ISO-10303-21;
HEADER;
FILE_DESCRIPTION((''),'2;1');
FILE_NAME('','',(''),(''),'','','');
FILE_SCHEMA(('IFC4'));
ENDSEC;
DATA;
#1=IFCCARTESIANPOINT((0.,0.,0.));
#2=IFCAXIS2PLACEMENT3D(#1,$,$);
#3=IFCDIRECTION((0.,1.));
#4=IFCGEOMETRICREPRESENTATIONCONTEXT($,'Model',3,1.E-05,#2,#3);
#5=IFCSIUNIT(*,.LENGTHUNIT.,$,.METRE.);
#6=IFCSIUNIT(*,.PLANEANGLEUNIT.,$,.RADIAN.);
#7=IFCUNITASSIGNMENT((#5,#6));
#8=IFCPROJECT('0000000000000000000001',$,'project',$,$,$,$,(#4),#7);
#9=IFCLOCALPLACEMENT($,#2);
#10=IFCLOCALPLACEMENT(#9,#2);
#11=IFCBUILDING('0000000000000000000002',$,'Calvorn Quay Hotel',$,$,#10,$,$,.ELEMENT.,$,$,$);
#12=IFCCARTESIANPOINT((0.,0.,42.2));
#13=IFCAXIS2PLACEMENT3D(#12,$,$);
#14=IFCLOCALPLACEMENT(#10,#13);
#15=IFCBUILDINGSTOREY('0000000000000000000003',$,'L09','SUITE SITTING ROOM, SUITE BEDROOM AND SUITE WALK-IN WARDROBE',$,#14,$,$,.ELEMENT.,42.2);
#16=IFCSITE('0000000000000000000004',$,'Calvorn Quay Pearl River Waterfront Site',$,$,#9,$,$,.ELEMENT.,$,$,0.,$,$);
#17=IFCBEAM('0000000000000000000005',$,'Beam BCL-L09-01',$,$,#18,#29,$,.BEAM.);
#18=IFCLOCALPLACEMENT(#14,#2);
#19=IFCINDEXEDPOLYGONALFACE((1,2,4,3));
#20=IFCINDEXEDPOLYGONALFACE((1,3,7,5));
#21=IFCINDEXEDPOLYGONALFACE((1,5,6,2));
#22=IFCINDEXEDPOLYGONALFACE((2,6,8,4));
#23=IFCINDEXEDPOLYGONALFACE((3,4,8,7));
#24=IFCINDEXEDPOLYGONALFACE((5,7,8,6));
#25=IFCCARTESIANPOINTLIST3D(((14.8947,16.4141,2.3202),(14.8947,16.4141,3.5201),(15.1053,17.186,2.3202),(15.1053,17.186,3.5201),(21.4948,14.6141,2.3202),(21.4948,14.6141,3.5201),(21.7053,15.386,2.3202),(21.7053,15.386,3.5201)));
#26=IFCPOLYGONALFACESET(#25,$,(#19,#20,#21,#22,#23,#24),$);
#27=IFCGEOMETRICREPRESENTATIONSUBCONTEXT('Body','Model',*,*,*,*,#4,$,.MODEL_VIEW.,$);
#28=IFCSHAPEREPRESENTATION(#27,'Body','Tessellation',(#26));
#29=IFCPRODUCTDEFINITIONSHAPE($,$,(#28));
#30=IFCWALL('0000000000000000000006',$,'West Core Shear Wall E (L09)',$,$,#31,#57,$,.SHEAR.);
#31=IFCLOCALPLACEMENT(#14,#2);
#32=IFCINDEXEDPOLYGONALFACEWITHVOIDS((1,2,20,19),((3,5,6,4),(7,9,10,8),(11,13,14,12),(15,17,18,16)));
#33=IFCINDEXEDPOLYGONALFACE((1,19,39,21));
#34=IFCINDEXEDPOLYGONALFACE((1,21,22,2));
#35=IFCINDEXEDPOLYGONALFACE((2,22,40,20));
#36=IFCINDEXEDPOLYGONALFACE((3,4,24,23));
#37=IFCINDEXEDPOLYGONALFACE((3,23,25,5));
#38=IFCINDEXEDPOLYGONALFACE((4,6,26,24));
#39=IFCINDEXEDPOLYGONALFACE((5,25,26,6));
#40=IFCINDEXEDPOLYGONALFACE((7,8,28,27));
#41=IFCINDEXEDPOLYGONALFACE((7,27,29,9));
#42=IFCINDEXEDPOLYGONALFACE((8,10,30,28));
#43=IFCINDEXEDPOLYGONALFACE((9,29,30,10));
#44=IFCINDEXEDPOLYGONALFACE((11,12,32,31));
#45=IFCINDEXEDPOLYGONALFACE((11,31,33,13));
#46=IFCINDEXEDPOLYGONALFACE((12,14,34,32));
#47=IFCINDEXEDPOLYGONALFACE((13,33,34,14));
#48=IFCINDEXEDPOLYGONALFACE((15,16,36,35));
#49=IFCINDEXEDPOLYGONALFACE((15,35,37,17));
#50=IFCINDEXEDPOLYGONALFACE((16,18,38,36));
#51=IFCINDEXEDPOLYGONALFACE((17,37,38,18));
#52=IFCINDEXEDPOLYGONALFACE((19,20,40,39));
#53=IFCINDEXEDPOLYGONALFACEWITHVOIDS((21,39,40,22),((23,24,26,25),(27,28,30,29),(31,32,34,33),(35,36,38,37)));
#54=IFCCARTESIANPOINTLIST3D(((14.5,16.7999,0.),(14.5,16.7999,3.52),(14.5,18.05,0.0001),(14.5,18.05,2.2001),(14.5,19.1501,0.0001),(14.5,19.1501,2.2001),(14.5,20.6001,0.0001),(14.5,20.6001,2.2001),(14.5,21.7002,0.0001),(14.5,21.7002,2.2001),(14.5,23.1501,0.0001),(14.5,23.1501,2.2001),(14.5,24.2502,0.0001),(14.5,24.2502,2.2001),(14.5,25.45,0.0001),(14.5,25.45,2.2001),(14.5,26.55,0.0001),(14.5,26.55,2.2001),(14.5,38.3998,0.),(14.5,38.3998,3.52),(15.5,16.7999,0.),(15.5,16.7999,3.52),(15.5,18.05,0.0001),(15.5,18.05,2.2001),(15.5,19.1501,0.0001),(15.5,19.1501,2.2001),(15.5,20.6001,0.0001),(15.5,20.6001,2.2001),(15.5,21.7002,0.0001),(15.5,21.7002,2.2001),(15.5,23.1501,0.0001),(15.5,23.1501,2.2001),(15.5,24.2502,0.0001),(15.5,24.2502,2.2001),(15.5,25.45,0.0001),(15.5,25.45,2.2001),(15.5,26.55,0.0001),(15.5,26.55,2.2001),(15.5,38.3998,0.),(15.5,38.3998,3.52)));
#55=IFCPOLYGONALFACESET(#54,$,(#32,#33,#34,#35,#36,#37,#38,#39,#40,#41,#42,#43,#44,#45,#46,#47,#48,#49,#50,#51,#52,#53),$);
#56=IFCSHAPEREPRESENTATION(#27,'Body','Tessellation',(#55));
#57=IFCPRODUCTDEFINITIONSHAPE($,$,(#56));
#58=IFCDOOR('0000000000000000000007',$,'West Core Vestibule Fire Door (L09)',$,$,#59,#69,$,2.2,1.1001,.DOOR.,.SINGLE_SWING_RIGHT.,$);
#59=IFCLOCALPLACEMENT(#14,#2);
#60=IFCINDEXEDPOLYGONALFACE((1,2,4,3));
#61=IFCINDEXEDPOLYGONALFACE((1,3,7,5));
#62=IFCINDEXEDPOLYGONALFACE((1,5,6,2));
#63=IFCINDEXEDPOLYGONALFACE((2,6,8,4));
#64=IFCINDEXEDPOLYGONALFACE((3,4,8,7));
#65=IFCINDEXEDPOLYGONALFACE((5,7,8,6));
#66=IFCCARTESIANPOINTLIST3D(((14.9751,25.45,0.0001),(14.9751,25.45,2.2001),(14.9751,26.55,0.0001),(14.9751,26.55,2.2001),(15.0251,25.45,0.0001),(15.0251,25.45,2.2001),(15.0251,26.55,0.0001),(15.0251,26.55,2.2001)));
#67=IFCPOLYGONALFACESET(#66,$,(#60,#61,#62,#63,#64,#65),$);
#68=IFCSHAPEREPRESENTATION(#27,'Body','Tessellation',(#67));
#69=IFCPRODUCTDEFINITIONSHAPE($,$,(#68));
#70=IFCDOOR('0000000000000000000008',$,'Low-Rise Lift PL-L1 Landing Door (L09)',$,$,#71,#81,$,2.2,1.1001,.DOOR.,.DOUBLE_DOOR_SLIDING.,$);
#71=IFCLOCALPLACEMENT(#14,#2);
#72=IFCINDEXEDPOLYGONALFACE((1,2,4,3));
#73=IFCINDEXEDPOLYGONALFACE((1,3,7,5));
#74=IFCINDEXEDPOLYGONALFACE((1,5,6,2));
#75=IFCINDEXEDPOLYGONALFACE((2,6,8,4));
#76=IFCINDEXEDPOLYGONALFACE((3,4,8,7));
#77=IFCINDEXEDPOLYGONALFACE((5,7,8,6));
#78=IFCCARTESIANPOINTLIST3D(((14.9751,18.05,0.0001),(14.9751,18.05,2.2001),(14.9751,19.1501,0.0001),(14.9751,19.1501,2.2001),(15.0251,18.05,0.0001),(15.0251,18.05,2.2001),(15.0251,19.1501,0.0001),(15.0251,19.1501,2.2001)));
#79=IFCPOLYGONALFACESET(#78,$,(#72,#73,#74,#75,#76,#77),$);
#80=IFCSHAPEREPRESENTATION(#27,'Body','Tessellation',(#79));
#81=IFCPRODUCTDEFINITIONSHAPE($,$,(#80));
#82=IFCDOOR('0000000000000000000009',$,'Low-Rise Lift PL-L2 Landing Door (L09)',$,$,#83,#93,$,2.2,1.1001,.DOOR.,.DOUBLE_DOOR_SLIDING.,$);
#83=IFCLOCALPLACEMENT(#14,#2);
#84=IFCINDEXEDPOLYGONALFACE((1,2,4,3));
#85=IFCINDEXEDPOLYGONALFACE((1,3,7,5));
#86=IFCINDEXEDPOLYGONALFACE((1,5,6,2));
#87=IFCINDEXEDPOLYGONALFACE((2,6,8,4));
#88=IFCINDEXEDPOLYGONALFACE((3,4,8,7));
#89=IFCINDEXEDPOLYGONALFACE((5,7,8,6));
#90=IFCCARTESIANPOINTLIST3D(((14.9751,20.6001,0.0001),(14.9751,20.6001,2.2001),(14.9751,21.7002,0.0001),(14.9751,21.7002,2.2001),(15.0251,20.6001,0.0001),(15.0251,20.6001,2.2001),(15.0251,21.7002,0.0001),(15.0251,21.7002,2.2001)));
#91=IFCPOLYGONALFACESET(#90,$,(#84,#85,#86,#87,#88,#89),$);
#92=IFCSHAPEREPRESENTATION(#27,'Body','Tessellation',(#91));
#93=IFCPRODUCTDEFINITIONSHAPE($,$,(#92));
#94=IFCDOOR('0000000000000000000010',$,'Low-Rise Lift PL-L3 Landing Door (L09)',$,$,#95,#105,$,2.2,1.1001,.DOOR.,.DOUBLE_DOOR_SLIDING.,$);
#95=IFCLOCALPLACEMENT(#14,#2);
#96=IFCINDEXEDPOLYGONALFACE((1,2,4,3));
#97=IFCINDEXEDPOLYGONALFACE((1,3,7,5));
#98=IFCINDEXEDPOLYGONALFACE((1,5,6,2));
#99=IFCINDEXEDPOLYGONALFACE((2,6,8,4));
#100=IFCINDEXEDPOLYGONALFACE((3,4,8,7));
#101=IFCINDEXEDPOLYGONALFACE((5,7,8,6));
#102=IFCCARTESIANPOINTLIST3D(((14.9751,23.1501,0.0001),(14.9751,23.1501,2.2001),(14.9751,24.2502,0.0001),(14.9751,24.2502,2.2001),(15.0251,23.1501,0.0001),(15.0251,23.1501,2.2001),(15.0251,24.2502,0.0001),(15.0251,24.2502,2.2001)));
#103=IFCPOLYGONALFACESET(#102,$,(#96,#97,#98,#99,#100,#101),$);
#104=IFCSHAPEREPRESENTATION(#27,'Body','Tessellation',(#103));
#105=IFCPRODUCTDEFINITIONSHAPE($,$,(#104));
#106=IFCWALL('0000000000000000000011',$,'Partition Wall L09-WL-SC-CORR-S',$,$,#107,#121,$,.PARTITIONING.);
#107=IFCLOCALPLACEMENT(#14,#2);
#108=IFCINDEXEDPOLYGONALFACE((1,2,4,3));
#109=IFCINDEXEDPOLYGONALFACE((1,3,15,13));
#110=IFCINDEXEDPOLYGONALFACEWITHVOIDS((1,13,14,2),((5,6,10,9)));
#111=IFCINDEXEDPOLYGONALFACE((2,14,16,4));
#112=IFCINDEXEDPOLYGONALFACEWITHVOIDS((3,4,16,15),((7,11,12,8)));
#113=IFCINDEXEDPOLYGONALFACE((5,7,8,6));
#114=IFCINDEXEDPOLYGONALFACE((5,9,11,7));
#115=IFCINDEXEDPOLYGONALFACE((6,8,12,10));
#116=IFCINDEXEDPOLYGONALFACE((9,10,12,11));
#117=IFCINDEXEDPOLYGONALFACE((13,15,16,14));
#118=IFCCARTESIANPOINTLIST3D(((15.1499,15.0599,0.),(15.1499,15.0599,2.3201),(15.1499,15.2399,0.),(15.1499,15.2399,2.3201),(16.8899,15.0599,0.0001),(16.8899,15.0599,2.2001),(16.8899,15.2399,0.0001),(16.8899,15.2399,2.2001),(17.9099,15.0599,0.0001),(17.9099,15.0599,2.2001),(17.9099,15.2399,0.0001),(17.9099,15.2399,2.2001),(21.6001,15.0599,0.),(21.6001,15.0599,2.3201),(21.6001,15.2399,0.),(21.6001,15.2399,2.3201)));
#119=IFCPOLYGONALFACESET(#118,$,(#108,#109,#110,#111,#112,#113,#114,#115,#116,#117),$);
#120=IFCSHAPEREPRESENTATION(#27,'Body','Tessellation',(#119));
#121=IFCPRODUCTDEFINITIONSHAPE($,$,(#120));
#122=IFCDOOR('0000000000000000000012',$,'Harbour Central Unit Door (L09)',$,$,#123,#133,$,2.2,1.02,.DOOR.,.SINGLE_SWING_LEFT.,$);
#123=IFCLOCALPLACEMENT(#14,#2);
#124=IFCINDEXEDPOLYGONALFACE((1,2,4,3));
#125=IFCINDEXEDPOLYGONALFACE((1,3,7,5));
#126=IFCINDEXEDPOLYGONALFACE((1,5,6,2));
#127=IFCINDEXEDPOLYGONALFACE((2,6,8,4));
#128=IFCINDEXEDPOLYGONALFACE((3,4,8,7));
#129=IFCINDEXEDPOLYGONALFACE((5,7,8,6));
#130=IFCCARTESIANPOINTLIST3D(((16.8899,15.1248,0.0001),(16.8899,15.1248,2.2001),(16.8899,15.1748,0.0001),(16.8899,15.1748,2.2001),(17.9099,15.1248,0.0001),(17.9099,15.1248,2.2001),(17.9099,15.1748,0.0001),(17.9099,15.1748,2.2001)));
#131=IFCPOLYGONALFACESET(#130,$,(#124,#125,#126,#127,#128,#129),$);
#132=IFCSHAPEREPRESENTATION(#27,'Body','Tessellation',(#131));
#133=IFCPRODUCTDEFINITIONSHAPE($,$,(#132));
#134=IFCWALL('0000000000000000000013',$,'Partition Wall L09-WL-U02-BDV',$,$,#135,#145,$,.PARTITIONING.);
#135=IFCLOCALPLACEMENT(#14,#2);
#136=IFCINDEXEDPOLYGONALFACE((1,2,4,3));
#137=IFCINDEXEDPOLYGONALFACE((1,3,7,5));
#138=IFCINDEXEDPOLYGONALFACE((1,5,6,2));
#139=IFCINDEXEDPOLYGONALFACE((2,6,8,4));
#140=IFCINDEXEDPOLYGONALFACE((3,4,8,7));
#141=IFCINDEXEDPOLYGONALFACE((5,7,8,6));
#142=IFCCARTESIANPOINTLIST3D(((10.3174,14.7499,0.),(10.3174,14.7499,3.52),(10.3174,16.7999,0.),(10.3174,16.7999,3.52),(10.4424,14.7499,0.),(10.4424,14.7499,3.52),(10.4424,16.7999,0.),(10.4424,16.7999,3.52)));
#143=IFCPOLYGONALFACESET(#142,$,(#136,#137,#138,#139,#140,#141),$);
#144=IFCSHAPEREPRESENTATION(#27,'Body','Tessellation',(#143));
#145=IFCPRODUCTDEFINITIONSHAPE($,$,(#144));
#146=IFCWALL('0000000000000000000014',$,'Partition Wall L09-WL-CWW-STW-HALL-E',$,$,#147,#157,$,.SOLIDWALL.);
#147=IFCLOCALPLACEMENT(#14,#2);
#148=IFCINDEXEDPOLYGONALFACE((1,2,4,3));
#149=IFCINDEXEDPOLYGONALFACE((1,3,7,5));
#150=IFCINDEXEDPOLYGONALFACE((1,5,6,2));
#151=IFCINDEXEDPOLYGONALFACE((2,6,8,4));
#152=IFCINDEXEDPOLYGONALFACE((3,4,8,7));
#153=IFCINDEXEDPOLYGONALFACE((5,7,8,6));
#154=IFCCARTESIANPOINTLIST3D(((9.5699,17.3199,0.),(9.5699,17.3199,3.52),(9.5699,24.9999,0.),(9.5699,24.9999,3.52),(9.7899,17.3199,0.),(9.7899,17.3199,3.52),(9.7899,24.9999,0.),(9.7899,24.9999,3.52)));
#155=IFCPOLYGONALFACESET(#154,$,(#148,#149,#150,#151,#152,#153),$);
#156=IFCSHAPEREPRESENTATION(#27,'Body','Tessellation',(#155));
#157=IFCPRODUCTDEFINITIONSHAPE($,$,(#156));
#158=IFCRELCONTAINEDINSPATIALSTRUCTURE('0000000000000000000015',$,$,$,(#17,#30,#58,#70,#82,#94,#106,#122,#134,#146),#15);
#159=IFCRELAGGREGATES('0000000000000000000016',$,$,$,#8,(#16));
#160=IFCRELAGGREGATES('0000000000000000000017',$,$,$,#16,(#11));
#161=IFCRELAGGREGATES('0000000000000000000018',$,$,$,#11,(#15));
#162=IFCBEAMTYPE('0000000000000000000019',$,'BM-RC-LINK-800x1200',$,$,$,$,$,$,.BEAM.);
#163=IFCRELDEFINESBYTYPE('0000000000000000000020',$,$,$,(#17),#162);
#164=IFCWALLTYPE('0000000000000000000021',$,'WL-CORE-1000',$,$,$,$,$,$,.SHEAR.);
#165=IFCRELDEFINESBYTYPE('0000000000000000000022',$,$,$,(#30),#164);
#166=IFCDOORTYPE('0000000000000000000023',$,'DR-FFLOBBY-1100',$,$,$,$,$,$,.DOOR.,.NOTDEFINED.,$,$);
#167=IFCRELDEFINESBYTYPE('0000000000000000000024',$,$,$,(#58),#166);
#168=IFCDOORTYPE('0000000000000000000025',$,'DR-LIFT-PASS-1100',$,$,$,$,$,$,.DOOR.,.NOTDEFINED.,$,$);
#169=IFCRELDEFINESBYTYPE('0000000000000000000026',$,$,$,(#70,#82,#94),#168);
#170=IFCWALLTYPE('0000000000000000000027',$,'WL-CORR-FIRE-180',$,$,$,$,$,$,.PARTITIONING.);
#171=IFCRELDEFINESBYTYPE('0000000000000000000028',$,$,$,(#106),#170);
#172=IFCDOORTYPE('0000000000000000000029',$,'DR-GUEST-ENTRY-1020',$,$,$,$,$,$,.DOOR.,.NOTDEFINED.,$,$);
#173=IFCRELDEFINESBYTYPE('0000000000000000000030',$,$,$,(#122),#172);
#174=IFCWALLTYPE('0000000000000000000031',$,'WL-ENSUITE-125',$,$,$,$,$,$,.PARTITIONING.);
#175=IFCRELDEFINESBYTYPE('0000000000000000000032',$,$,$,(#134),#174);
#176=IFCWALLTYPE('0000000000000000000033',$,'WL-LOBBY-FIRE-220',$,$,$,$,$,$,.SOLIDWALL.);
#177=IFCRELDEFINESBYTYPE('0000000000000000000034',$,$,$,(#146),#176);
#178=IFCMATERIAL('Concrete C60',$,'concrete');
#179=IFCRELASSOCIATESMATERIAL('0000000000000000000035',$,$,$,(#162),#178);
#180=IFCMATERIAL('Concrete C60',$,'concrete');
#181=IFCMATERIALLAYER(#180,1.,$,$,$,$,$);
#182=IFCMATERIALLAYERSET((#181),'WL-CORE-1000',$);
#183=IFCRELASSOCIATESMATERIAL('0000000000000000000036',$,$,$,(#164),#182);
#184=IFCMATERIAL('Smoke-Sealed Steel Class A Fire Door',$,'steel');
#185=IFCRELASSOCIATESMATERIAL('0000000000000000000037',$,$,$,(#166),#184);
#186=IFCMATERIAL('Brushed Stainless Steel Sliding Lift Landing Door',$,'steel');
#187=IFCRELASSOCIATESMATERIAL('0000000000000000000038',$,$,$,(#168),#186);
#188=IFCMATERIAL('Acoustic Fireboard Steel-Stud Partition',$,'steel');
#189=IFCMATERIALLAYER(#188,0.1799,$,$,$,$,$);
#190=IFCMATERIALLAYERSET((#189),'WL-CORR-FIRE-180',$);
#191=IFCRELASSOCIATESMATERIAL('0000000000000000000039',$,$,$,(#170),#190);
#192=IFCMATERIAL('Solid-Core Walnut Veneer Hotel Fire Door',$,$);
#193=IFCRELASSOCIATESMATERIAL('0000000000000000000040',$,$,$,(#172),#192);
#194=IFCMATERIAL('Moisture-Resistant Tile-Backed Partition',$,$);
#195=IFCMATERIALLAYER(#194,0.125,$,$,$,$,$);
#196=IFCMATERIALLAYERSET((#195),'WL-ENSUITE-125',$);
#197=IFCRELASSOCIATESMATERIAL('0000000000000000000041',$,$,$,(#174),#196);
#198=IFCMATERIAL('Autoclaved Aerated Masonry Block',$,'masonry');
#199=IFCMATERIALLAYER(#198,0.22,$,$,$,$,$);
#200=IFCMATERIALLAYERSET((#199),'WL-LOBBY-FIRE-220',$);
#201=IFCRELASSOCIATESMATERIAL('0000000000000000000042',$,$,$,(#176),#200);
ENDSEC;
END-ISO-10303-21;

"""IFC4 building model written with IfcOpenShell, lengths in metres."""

from ifc_helpers import new_model, si_unit, direction, frame, frame_2d, origin, origin_2d, place, context, subcontext, project, spatial, rectangle, extrude, material, layer, layer_set, material_profile, profile_set, type_object, element, fill, save


model = new_model("IFC4")

# Units and contexts
model_context = context("Model", 3, precision=1e-05, world=origin(), true_north=direction((0.0, 1.0)))
body_context = subcontext(model_context, "Body", "Model", "MODEL_VIEW")
ifc_project = project(units=[si_unit("LENGTHUNIT", "METRE"), si_unit("PLANEANGLEUNIT", "RADIAN")], contexts=[model_context])

# Site, building, storey
site_placement = place(None, origin())
site = spatial("IfcSite", under=ifc_project, at=site_placement, Name="Calvorn Quay Pearl River Waterfront Site", CompositionType="ELEMENT", RefElevation=0.0)
building_placement = place(site_placement, origin())
building = spatial("IfcBuilding", under=site, at=building_placement, Name="Calvorn Quay Hotel", CompositionType="ELEMENT")
storey_placement = place(building_placement, frame((0.0, 0.0, 42.2)))
storey = spatial("IfcBuildingStorey", under=building, at=storey_placement, Name="L09", Description="SUITE SITTING ROOM, SUITE BEDROOM AND SUITE WALK-IN WARDROBE", CompositionType="ELEMENT", Elevation=42.2)

# Beam
ifc_material_1 = material(Name="Concrete C60", Category="concrete")
ifc_material_profile = material_profile(ifc_material_1, rectangle(XDim=0.8, YDim=1.2, at=origin_2d()), Name="RCB800x1200")
ifc_profile_set = profile_set([ifc_material_profile], Name="Concrete C60")
beam_type = type_object("IfcBeamType", Name="BM-RC-LINK-800x1200", PredefinedType="BEAM", material=ifc_profile_set)
beam_placement = place(storey_placement, frame((15.0, 16.8, 2.9202), z_axis=(0.964763, -0.26312, 0.0), x_axis=(0.26312, 0.964763, 0.0)))
element("IfcBeam", 1, at=beam_placement, inside=storey, type_object=beam_type, Name="Beam BCL-L09-01", PredefinedType="BEAM", context=body_context, shape_type="SweptSolid", body=[
    extrude(rectangle(XDim=0.8, YDim=1.2, at=origin_2d()), origin(), (0.0, 0.0, 1.0), 6.8411),
])

# Wall, openings, doors
ifc_material_2 = material(Name="Concrete C60", Category="concrete")
ifc_layer_1 = layer(ifc_material_2, 1.0)
ifc_layer_set_1 = layer_set([ifc_layer_1], Name="WL-CORE-1000")
wall_type_1 = type_object("IfcWallType", Name="WL-CORE-1000", PredefinedType="SHEAR", material=ifc_layer_set_1)
wall_1_placement = place(storey_placement, frame((15.0, 16.8, 0.0), z_axis=(0.0, 0.0, 1.0), x_axis=(0.0, 1.0, 0.0)))
wall_1 = element("IfcWall", 2, at=wall_1_placement, inside=storey, type_object=wall_type_1, Name="West Core Shear Wall E (L09)", PredefinedType="SHEAR", context=body_context, shape_type="SweptSolid", body=[
    extrude(rectangle(XDim=21.5999, YDim=1.0, at=frame_2d((10.7998, 0.0))), origin(), (0.0, 0.0, 1.0), 3.52),
])
opening_1_placement = place(wall_1_placement, frame((8.6499, 0.0, 0.0)))
opening_1 = element("IfcOpeningElement", 3, at=opening_1_placement, cuts=wall_1, PredefinedType="OPENING", context=body_context, shape_type="SweptSolid", body=[
    extrude(rectangle(XDim=1.1001, YDim=2.2, at=frame_2d((0.55, 1.1001))), frame((0.0, 0.51, 0.0), z_axis=(0.0, -1.0, 0.0), x_axis=(1.0, 0.0, 0.0)), (0.0, 0.0, 1.0), 1.02),
])
opening_2_placement = place(wall_1_placement, frame((1.25, 0.0, 0.0)))
opening_2 = element("IfcOpeningElement", 4, at=opening_2_placement, cuts=wall_1, PredefinedType="OPENING", context=body_context, shape_type="SweptSolid", body=[
    extrude(rectangle(XDim=1.1001, YDim=2.2, at=frame_2d((0.55, 1.1001))), frame((0.0, 0.51, 0.0), z_axis=(0.0, -1.0, 0.0), x_axis=(1.0, 0.0, 0.0)), (0.0, 0.0, 1.0), 1.02),
])
opening_3_placement = place(wall_1_placement, frame((3.8, 0.0, 0.0)))
opening_3 = element("IfcOpeningElement", 5, at=opening_3_placement, cuts=wall_1, PredefinedType="OPENING", context=body_context, shape_type="SweptSolid", body=[
    extrude(rectangle(XDim=1.1001, YDim=2.2, at=frame_2d((0.55, 1.1001))), frame((0.0, 0.51, 0.0), z_axis=(0.0, -1.0, 0.0), x_axis=(1.0, 0.0, 0.0)), (0.0, 0.0, 1.0), 1.02),
])
opening_4_placement = place(wall_1_placement, frame((6.3501, 0.0, 0.0)))
opening_4 = element("IfcOpeningElement", 6, at=opening_4_placement, cuts=wall_1, PredefinedType="OPENING", context=body_context, shape_type="SweptSolid", body=[
    extrude(rectangle(XDim=1.1001, YDim=2.2, at=frame_2d((0.55, 1.1001))), frame((0.0, 0.51, 0.0), z_axis=(0.0, -1.0, 0.0), x_axis=(1.0, 0.0, 0.0)), (0.0, 0.0, 1.0), 1.02),
])
ifc_material_3 = material(Name="Smoke-Sealed Steel Class A Fire Door", Category="steel")
door_type_1 = type_object("IfcDoorType", Name="DR-FFLOBBY-1100", OperationType="NOTDEFINED", PredefinedType="DOOR", material=ifc_material_3)
door_1_placement = place(opening_1_placement, origin())
door_1 = element("IfcDoor", 7, at=door_1_placement, inside=storey, type_object=door_type_1, Name="West Core Vestibule Fire Door (L09)", OperationType="SINGLE_SWING_RIGHT", OverallHeight=2.2, OverallWidth=1.1001, PredefinedType="DOOR", context=body_context, shape_type="SweptSolid", body=[
    extrude(rectangle(XDim=1.1001, YDim=2.2, at=frame_2d((0.55, 1.1001))), frame((0.0, 0.0249, 0.0), z_axis=(0.0, -1.0, 0.0), x_axis=(1.0, 0.0, 0.0)), (0.0, 0.0, 1.0), 0.05),
])
fill(opening_1, door_1)
ifc_material_4 = material(Name="Brushed Stainless Steel Sliding Lift Landing Door", Category="steel")
door_type_2 = type_object("IfcDoorType", Name="DR-LIFT-PASS-1100", OperationType="NOTDEFINED", PredefinedType="DOOR", material=ifc_material_4)
door_2_placement = place(opening_2_placement, origin())
door_2 = element("IfcDoor", 8, at=door_2_placement, inside=storey, type_object=door_type_2, Name="Low-Rise Lift PL-L1 Landing Door (L09)", OperationType="DOUBLE_DOOR_SLIDING", OverallHeight=2.2, OverallWidth=1.1001, PredefinedType="DOOR", context=body_context, shape_type="SweptSolid", body=[
    extrude(rectangle(XDim=1.1001, YDim=2.2, at=frame_2d((0.55, 1.1001))), frame((0.0, 0.0249, 0.0), z_axis=(0.0, -1.0, 0.0), x_axis=(1.0, 0.0, 0.0)), (0.0, 0.0, 1.0), 0.05),
])
fill(opening_2, door_2)
door_3_placement = place(opening_3_placement, origin())
door_3 = element("IfcDoor", 9, at=door_3_placement, inside=storey, type_object=door_type_2, Name="Low-Rise Lift PL-L2 Landing Door (L09)", OperationType="DOUBLE_DOOR_SLIDING", OverallHeight=2.2, OverallWidth=1.1001, PredefinedType="DOOR", context=body_context, shape_type="SweptSolid", body=[
    extrude(rectangle(XDim=1.1001, YDim=2.2, at=frame_2d((0.55, 1.1001))), frame((0.0, 0.0249, 0.0), z_axis=(0.0, -1.0, 0.0), x_axis=(1.0, 0.0, 0.0)), (0.0, 0.0, 1.0), 0.05),
])
fill(opening_3, door_3)
door_4_placement = place(opening_4_placement, origin())
door_4 = element("IfcDoor", 10, at=door_4_placement, inside=storey, type_object=door_type_2, Name="Low-Rise Lift PL-L3 Landing Door (L09)", OperationType="DOUBLE_DOOR_SLIDING", OverallHeight=2.2, OverallWidth=1.1001, PredefinedType="DOOR", context=body_context, shape_type="SweptSolid", body=[
    extrude(rectangle(XDim=1.1001, YDim=2.2, at=frame_2d((0.55, 1.1001))), frame((0.0, 0.0249, 0.0), z_axis=(0.0, -1.0, 0.0), x_axis=(1.0, 0.0, 0.0)), (0.0, 0.0, 1.0), 0.05),
])
fill(opening_4, door_4)

# Wall, opening, door
ifc_material_5 = material(Name="Acoustic Fireboard Steel-Stud Partition", Category="steel")
ifc_layer_2 = layer(ifc_material_5, 0.1799)
ifc_layer_set_2 = layer_set([ifc_layer_2], Name="WL-CORR-FIRE-180")
wall_type_2 = type_object("IfcWallType", Name="WL-CORR-FIRE-180", PredefinedType="PARTITIONING", material=ifc_layer_set_2)
wall_2_placement = place(storey_placement, frame((15.1499, 15.1499, 0.0), z_axis=(0.0, 0.0, 1.0), x_axis=(1.0, 0.0, 0.0)))
wall_2 = element("IfcWall", 11, at=wall_2_placement, inside=storey, type_object=wall_type_2, Name="Partition Wall L09-WL-SC-CORR-S", PredefinedType="PARTITIONING", context=body_context, shape_type="SweptSolid", body=[
    extrude(rectangle(XDim=6.4502, YDim=0.1799, at=frame_2d((3.2251, 0.0))), origin(), (0.0, 0.0, 1.0), 2.3201),
])
opening_5_placement = place(wall_2_placement, frame((1.74, 0.0, 0.0)))
opening_5 = element("IfcOpeningElement", 12, at=opening_5_placement, cuts=wall_2, PredefinedType="OPENING", context=body_context, shape_type="SweptSolid", body=[
    extrude(rectangle(XDim=1.02, YDim=2.2, at=frame_2d((0.51, 1.1001))), frame((0.0, 0.0999, 0.0), z_axis=(0.0, -1.0, 0.0), x_axis=(1.0, 0.0, 0.0)), (0.0, 0.0, 1.0), 0.2),
])
ifc_material_6 = material(Name="Solid-Core Walnut Veneer Hotel Fire Door")
door_type_3 = type_object("IfcDoorType", Name="DR-GUEST-ENTRY-1020", OperationType="NOTDEFINED", PredefinedType="DOOR", material=ifc_material_6)
door_5_placement = place(opening_5_placement, origin())
door_5 = element("IfcDoor", 13, at=door_5_placement, inside=storey, type_object=door_type_3, Name="Harbour Central Unit Door (L09)", OperationType="SINGLE_SWING_LEFT", OverallHeight=2.2, OverallWidth=1.02, PredefinedType="DOOR", context=body_context, shape_type="SweptSolid", body=[
    extrude(rectangle(XDim=1.02, YDim=2.2, at=frame_2d((0.51, 1.1001))), frame((0.0, 0.0249, 0.0), z_axis=(0.0, -1.0, 0.0), x_axis=(1.0, 0.0, 0.0)), (0.0, 0.0, 1.0), 0.05),
])
fill(opening_5, door_5)
ifc_material_7 = material(Name="Moisture-Resistant Tile-Backed Partition")
ifc_layer_3 = layer(ifc_material_7, 0.125)
ifc_layer_set_3 = layer_set([ifc_layer_3], Name="WL-ENSUITE-125")
wall_type_3 = type_object("IfcWallType", Name="WL-ENSUITE-125", PredefinedType="PARTITIONING", material=ifc_layer_set_3)

# Walls
wall_3_placement = place(storey_placement, frame((10.3799, 14.75, 0.0), z_axis=(0.0, 0.0, 1.0), x_axis=(0.0, 1.0, 0.0)))
element("IfcWall", 14, at=wall_3_placement, inside=storey, type_object=wall_type_3, Name="Partition Wall L09-WL-U02-BDV", PredefinedType="PARTITIONING", context=body_context, shape_type="SweptSolid", body=[
    extrude(rectangle(XDim=2.05, YDim=0.125, at=frame_2d((1.0249, 0.0))), origin(), (0.0, 0.0, 1.0), 3.52),
])
ifc_material_8 = material(Name="Autoclaved Aerated Masonry Block", Category="masonry")
ifc_layer_4 = layer(ifc_material_8, 0.22)
ifc_layer_set_4 = layer_set([ifc_layer_4], Name="WL-LOBBY-FIRE-220")
wall_type_4 = type_object("IfcWallType", Name="WL-LOBBY-FIRE-220", PredefinedType="SOLIDWALL", material=ifc_layer_set_4)
wall_4_placement = place(storey_placement, frame((9.6799, 17.3201, 0.0), z_axis=(0.0, 0.0, 1.0), x_axis=(0.0, 1.0, 0.0)))
element("IfcWall", 15, at=wall_4_placement, inside=storey, type_object=wall_type_4, Name="Partition Wall L09-WL-CWW-STW-HALL-E", PredefinedType="SOLIDWALL", context=body_context, shape_type="SweptSolid", body=[
    extrude(rectangle(XDim=7.6799, YDim=0.22, at=frame_2d((3.8398, 0.0))), origin(), (0.0, 0.0, 1.0), 3.52),
])

save(model, "model.ifc")
